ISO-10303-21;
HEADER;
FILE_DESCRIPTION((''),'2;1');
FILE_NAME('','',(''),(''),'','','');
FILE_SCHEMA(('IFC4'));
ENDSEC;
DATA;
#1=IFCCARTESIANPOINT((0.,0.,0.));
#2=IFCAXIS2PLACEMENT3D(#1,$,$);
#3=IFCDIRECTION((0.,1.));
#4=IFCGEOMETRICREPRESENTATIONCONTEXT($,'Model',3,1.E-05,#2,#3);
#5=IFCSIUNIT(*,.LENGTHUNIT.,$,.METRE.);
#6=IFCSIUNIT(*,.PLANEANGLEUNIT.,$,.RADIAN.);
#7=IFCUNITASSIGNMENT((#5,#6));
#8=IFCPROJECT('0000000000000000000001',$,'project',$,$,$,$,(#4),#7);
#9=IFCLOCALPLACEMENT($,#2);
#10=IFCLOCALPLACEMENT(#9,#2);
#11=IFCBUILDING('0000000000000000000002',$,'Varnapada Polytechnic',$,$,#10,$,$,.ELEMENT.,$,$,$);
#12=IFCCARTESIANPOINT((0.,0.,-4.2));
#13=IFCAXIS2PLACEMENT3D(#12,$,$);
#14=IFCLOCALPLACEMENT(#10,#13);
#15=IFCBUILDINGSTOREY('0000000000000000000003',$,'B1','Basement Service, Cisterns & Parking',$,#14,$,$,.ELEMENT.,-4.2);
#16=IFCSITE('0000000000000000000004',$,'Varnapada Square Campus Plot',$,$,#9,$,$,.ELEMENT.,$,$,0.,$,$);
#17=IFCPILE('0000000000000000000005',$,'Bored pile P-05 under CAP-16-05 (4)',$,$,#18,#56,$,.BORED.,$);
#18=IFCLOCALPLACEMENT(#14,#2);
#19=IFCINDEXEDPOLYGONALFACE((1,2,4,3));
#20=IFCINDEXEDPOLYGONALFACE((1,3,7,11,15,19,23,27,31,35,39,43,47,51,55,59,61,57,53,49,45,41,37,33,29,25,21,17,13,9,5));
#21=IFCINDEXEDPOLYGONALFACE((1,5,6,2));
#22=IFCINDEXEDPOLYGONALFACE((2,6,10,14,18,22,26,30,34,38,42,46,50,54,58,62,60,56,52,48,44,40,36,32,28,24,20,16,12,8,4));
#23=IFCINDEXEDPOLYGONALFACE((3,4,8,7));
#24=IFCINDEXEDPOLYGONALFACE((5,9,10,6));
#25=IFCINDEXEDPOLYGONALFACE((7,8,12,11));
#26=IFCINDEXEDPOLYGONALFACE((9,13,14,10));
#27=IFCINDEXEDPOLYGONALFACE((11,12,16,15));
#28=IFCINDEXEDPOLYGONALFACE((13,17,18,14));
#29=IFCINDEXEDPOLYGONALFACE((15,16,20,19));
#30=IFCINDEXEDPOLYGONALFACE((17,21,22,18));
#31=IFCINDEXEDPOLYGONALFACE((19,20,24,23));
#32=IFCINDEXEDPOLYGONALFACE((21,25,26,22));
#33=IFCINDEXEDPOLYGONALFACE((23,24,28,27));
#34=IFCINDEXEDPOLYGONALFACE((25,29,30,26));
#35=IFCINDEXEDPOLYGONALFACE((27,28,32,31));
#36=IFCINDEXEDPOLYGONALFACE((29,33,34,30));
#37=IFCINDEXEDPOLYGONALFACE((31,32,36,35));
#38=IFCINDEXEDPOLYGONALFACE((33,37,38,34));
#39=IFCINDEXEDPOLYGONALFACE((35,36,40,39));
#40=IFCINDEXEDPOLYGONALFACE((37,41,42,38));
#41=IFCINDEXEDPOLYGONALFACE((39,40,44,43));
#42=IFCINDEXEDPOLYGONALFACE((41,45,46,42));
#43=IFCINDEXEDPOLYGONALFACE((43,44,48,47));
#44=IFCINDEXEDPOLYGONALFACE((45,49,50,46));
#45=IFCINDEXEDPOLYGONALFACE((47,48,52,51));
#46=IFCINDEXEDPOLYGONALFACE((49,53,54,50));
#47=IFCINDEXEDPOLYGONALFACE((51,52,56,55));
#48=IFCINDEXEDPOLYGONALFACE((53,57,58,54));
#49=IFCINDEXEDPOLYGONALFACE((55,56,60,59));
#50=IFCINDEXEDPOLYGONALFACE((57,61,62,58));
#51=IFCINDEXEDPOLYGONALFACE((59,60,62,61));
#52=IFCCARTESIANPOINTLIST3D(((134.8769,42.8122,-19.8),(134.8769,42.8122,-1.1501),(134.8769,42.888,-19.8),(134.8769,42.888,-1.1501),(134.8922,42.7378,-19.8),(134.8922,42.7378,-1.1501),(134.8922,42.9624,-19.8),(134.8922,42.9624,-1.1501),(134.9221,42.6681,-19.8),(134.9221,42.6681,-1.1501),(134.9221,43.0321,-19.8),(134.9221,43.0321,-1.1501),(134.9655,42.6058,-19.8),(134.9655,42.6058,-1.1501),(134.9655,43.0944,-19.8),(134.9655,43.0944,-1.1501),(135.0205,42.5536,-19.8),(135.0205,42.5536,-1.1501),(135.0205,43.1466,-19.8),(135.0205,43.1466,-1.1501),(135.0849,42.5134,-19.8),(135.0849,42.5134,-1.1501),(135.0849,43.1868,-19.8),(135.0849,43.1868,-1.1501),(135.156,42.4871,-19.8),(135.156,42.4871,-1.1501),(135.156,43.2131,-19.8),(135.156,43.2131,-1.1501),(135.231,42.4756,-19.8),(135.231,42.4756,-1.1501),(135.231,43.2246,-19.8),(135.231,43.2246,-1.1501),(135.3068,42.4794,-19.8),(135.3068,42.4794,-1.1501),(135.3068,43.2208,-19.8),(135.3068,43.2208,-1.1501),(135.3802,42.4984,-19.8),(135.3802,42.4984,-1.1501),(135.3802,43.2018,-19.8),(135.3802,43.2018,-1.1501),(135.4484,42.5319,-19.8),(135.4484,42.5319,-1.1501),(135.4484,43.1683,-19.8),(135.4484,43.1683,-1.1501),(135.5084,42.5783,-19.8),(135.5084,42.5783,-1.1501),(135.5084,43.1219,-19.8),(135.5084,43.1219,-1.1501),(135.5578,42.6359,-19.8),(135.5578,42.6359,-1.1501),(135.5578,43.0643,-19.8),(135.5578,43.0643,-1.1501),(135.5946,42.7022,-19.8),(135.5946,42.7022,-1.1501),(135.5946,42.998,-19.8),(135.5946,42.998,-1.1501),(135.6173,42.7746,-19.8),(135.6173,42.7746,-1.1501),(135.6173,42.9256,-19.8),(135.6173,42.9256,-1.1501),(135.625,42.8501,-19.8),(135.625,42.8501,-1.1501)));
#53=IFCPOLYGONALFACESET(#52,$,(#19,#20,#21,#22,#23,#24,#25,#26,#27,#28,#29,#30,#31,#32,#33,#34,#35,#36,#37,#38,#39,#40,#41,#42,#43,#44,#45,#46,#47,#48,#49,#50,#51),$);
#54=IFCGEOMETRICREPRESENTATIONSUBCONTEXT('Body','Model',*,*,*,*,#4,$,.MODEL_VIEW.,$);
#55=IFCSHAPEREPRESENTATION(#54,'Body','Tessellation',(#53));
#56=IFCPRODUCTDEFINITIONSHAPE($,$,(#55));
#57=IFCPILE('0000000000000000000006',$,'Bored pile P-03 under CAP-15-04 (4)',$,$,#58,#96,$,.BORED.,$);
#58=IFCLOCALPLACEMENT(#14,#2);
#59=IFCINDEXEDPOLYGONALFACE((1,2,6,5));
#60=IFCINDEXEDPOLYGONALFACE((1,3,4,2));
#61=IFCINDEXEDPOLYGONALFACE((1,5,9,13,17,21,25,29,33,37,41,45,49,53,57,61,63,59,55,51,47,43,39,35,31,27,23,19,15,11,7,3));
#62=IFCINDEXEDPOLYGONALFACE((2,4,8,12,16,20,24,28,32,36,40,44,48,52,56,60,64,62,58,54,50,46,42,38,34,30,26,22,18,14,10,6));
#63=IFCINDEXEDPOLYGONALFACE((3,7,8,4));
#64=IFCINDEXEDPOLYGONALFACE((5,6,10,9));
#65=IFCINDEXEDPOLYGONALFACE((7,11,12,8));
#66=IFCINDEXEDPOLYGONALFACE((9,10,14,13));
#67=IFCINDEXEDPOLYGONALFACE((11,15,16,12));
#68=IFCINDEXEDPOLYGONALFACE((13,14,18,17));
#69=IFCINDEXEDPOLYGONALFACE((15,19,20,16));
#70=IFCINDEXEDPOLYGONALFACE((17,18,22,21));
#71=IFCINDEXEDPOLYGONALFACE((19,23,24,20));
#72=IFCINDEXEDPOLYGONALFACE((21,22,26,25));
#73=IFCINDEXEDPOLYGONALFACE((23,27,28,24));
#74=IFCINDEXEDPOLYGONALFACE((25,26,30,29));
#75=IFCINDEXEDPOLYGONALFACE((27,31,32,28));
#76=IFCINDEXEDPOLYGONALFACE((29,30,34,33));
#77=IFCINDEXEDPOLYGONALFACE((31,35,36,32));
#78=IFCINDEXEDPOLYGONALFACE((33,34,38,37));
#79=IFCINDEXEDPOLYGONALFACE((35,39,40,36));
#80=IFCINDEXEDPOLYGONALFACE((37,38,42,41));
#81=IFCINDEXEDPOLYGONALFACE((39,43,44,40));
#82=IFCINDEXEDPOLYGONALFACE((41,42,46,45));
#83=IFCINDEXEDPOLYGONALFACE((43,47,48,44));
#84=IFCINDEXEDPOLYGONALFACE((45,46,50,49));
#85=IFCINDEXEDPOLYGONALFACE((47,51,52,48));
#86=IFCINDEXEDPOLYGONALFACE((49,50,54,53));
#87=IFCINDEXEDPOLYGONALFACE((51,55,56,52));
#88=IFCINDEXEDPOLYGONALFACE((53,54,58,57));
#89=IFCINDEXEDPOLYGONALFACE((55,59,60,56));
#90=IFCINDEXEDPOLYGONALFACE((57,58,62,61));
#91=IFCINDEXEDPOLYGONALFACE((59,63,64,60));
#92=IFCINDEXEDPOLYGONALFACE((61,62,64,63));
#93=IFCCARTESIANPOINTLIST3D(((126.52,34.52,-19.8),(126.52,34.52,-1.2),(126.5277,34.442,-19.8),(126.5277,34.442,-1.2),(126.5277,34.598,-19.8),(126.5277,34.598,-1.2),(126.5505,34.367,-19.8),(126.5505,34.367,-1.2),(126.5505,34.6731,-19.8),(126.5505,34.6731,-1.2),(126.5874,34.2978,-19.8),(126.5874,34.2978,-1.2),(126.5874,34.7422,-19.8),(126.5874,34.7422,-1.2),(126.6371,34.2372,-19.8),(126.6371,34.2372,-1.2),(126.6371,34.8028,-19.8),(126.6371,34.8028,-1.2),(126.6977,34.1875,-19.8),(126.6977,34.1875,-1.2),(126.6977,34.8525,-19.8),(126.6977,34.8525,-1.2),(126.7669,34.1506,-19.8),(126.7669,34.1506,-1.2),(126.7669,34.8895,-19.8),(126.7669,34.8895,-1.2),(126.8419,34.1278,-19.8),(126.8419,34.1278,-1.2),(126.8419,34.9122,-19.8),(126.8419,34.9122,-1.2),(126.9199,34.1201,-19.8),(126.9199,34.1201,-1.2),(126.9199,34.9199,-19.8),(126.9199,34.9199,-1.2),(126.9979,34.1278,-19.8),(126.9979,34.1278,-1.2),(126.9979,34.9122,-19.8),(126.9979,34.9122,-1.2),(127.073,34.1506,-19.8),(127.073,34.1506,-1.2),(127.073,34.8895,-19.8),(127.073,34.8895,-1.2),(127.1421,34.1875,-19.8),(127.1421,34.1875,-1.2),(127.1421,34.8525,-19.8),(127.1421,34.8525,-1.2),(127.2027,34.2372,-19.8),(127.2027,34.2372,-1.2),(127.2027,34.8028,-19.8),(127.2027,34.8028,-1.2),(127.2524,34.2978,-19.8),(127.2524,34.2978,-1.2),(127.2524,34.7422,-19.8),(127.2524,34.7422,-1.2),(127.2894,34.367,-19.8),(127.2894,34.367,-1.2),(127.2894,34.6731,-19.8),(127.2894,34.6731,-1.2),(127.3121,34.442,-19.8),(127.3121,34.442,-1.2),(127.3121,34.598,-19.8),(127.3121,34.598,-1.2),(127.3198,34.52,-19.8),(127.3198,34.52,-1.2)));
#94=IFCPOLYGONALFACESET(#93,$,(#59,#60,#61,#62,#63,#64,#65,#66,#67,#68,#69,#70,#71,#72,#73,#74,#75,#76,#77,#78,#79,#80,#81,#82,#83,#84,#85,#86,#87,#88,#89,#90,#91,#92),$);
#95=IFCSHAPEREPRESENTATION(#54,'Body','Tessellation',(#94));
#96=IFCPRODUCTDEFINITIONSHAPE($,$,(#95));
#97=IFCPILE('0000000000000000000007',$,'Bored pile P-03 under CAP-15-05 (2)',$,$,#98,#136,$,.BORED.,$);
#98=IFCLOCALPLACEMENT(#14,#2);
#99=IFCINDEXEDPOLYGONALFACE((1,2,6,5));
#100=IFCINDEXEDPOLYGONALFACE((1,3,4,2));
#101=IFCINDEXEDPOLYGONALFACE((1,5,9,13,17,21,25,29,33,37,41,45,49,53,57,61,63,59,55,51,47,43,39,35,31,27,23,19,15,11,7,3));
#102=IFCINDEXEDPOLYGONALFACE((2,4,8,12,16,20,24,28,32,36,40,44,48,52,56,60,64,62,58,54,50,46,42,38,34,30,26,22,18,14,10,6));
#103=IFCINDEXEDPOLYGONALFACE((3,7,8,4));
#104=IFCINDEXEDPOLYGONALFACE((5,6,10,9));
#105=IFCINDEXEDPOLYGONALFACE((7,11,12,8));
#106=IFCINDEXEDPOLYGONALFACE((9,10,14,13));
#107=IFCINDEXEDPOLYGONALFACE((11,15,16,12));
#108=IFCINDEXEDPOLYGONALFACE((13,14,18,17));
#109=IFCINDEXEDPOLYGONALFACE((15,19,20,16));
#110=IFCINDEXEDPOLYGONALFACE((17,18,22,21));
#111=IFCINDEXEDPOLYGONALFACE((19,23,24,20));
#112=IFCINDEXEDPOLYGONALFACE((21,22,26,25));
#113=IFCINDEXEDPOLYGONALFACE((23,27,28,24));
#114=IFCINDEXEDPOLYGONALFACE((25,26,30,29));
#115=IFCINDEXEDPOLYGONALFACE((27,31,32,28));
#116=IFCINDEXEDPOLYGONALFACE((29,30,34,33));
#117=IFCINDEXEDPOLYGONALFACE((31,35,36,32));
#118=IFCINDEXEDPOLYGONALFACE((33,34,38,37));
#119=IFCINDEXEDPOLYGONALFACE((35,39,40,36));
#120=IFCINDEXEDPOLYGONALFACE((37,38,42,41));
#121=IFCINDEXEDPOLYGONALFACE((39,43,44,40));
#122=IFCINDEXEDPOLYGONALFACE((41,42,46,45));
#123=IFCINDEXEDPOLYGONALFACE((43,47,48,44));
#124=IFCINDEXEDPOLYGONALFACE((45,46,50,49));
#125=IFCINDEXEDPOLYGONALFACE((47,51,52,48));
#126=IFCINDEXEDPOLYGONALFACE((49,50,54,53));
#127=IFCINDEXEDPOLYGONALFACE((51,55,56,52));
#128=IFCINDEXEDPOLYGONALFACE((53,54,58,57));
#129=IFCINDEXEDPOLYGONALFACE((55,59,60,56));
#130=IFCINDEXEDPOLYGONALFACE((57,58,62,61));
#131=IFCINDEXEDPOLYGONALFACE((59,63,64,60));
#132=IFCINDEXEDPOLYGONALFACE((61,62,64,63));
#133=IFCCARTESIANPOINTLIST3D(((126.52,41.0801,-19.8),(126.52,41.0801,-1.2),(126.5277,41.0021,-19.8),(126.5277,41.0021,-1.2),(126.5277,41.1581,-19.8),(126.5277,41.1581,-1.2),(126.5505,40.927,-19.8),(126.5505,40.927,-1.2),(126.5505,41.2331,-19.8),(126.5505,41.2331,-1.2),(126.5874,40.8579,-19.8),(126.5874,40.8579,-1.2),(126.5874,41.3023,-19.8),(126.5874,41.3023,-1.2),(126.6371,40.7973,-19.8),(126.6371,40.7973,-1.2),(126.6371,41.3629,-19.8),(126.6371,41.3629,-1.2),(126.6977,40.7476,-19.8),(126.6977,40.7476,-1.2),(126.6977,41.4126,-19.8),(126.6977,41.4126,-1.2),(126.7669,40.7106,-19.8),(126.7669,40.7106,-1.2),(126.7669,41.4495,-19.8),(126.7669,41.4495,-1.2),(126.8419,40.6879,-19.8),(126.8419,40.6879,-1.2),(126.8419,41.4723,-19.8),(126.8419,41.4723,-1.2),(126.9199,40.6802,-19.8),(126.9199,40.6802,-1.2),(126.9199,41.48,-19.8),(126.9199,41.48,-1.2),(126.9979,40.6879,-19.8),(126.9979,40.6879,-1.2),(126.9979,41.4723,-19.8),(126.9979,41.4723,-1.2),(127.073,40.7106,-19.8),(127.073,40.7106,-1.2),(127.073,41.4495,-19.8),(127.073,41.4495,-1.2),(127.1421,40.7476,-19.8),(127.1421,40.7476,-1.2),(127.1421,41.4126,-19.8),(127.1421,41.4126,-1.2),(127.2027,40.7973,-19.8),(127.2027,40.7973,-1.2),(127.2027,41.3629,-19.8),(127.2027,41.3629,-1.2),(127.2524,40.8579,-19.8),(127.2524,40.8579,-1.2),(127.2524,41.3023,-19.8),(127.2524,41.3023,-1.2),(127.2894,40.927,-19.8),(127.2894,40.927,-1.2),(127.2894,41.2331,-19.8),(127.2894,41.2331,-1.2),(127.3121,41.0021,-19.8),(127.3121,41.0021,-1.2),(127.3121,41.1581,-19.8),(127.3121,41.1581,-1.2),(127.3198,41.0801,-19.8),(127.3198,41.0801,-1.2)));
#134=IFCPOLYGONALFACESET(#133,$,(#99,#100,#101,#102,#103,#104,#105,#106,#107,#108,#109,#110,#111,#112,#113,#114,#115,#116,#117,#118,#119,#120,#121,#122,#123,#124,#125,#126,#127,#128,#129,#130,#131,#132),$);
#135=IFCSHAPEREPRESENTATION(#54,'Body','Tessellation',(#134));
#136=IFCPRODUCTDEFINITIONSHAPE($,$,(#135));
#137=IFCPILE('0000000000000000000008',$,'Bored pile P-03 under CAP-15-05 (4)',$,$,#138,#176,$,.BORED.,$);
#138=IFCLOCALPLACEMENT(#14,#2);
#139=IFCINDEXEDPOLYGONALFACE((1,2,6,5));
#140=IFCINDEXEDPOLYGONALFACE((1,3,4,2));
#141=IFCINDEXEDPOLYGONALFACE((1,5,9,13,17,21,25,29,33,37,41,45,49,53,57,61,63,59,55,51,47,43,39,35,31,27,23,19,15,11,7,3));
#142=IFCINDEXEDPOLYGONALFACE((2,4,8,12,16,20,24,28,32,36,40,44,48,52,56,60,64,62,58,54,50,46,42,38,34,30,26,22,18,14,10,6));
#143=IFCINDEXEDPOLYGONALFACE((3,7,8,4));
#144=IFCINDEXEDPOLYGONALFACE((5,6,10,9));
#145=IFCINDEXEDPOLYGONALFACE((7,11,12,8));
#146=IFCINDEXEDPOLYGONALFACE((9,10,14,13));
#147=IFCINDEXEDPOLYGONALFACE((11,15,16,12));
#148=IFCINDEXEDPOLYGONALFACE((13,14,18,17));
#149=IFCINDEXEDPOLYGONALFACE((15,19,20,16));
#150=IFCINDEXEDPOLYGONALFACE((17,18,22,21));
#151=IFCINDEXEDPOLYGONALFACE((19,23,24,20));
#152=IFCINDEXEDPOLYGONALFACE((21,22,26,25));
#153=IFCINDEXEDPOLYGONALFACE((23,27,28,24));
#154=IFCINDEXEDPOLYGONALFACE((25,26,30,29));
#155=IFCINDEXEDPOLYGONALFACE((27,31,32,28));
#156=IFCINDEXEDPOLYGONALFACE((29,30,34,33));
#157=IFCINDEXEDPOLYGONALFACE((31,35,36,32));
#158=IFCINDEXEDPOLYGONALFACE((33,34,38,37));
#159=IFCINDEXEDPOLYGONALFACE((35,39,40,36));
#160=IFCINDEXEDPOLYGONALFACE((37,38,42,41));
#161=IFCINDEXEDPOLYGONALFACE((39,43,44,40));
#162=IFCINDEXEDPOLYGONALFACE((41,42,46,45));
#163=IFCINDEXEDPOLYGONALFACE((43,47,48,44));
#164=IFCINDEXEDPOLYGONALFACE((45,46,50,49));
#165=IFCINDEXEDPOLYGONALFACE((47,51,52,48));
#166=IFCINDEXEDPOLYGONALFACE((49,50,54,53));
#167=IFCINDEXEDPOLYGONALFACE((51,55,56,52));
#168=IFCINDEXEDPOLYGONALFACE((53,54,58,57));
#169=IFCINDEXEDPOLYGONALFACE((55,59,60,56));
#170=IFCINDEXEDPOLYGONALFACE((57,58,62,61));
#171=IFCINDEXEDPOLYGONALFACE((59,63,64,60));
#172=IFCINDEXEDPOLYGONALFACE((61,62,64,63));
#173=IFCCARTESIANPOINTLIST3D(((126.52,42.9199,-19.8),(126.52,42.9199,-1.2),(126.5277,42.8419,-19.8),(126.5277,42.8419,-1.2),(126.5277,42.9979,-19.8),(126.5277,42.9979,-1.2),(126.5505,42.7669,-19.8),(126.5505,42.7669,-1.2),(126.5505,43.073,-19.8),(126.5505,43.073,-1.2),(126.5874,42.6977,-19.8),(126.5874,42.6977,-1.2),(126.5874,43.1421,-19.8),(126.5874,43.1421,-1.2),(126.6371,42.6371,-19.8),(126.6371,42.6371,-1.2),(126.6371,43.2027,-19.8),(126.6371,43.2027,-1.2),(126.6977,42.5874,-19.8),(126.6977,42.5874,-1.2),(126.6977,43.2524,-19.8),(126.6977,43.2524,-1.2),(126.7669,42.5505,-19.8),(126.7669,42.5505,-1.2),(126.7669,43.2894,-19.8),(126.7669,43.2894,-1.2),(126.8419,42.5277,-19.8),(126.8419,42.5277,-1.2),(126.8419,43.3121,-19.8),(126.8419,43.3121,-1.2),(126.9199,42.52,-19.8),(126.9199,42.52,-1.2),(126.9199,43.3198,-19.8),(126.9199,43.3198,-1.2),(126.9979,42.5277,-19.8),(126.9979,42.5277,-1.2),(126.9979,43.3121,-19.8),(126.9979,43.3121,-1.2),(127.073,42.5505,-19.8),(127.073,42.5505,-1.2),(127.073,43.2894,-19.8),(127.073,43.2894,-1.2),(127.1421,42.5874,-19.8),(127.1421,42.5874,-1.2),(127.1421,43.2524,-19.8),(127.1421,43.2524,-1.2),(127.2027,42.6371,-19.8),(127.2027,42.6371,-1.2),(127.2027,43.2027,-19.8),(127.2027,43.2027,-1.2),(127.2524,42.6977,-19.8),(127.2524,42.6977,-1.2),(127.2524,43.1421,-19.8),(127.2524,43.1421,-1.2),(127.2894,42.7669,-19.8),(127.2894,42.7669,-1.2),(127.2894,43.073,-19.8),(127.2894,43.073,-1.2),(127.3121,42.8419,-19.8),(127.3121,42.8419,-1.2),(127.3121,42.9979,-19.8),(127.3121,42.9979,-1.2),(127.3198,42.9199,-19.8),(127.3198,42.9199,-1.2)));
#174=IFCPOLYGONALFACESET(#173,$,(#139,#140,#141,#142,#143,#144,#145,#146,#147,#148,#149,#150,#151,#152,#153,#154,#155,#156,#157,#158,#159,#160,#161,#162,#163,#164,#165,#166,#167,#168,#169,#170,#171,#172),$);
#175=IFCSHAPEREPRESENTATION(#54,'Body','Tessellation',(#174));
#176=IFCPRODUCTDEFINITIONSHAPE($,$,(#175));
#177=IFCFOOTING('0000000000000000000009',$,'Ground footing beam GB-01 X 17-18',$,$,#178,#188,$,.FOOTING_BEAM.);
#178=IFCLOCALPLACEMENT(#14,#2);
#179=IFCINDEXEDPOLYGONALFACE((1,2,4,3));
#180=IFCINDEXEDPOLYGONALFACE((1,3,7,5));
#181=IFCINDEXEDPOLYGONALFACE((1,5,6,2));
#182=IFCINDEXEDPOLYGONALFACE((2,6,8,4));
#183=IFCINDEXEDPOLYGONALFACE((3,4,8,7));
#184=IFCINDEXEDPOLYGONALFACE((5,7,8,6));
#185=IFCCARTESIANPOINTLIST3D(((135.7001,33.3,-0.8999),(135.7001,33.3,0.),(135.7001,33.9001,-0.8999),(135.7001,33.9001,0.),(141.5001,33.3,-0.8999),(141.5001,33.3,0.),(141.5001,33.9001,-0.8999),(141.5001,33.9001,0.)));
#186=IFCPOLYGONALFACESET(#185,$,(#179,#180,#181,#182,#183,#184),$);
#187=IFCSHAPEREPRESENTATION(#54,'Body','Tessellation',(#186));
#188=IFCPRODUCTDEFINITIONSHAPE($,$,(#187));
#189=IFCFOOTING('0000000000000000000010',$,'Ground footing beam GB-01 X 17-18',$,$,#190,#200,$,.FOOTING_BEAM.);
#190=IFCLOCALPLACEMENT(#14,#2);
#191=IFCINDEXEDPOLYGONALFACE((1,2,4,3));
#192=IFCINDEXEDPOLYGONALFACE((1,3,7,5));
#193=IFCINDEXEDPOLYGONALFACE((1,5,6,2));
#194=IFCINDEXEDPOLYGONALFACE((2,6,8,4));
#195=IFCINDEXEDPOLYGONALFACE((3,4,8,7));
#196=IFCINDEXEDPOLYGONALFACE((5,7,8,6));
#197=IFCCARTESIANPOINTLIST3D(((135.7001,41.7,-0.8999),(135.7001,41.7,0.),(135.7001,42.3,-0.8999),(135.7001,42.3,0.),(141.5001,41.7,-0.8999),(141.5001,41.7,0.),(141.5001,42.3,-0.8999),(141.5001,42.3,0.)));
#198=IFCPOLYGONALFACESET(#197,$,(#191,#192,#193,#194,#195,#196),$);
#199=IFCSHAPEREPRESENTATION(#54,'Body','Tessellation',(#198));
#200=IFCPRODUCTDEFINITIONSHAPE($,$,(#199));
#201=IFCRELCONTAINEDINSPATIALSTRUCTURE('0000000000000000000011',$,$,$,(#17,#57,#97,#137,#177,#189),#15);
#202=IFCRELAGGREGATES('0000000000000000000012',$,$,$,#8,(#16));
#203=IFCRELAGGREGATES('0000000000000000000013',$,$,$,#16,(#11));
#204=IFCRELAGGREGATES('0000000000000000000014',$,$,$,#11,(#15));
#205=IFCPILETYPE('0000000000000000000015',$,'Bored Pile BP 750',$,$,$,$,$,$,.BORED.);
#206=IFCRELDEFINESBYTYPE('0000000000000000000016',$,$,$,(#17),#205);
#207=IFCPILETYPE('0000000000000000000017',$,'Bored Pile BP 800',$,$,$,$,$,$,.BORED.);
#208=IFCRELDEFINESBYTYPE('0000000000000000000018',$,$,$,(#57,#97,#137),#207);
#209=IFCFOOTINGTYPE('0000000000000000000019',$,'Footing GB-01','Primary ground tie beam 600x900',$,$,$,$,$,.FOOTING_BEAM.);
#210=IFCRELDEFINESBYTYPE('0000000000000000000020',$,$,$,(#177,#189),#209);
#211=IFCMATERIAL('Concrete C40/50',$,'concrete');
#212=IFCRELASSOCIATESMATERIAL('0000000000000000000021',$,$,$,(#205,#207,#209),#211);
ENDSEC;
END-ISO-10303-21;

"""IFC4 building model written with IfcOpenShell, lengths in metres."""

from ifc_helpers import new_model, si_unit, direction, frame, origin, origin_2d, place, context, subcontext, project, spatial, rectangle, circle, extrude, material, material_profile, profile_set, type_object, element, save


model = new_model("IFC4")

# Units and contexts
model_context = context("Model", 3, precision=1e-05, world=origin(), true_north=direction((0.0, 1.0)))
body_context = subcontext(model_context, "Body", "Model", "MODEL_VIEW")
ifc_project = project(units=[si_unit("LENGTHUNIT", "METRE"), si_unit("PLANEANGLEUNIT", "RADIAN")], contexts=[model_context])

# Site, building, storey
site_placement = place(None, origin())
site = spatial("IfcSite", under=ifc_project, at=site_placement, Name="Varnapada Square Campus Plot", CompositionType="ELEMENT", RefElevation=0.0)
building_placement = place(site_placement, origin())
building = spatial("IfcBuilding", under=site, at=building_placement, Name="Varnapada Polytechnic", CompositionType="ELEMENT")
storey_placement = place(building_placement, frame((0.0, 0.0, -4.2)))
storey = spatial("IfcBuildingStorey", under=building, at=storey_placement, Name="B1", Description="Basement Service, Cisterns & Parking", CompositionType="ELEMENT", Elevation=-4.2)

# Piles
ifc_material_1 = material(Name="Concrete C40/50", Category="concrete")
ifc_material_profile_1 = material_profile(ifc_material_1, circle(Radius=0.375, at=origin_2d()), Name="BP 750")
ifc_profile_set_1 = profile_set([ifc_material_profile_1], Name="Concrete C40/50")
pile_type_1 = type_object("IfcPileType", Name="Bored Pile BP 750", PredefinedType="BORED", material=ifc_profile_set_1)
for number, where, z_axis, x_axis, name in (
    (1, (135.25, 42.8501, -1.1501), (0.0, 0.0, -1.0), (1.0, 0.0, 0.0), "Bored pile P-05 under CAP-16-05 (4)"),
):
    element("IfcPile", number, at=place(storey_placement, frame(where, z_axis=z_axis, x_axis=x_axis)), inside=storey, type_object=pile_type_1, Name=name, PredefinedType="BORED", context=body_context, shape_type="SweptSolid", body=[
        extrude(circle(Radius=0.375, at=origin_2d()), origin(), (0.0, 0.0, 1.0), 18.6499),
    ])
ifc_material_profile_2 = material_profile(ifc_material_1, circle(Radius=0.3999, at=origin_2d()), Name="BP 800")
ifc_profile_set_2 = profile_set([ifc_material_profile_2], Name="Concrete C40/50")
pile_type_2 = type_object("IfcPileType", Name="Bored Pile BP 800", PredefinedType="BORED", material=ifc_profile_set_2)
for number, where, z_axis, x_axis, name in (
    (2, (126.9199, 34.52, -1.2), (0.0, 0.0, -1.0), (1.0, 0.0, 0.0), "Bored pile P-03 under CAP-15-04 (4)"),
    (3, (126.9199, 41.0801, -1.2), (0.0, 0.0, -1.0), (1.0, 0.0, 0.0), "Bored pile P-03 under CAP-15-05 (2)"),
    (4, (126.9199, 42.9199, -1.2), (0.0, 0.0, -1.0), (1.0, 0.0, 0.0), "Bored pile P-03 under CAP-15-05 (4)"),
):
    element("IfcPile", number, at=place(storey_placement, frame(where, z_axis=z_axis, x_axis=x_axis)), inside=storey, type_object=pile_type_2, Name=name, PredefinedType="BORED", context=body_context, shape_type="SweptSolid", body=[
        extrude(circle(Radius=0.3999, at=origin_2d()), origin(), (0.0, 0.0, 1.0), 18.6001),
    ])

# Footings
footing_type_1 = type_object("IfcFootingType", Name="Footing GB-01", Description="Primary ground tie beam 600x900", PredefinedType="FOOTING_BEAM", material=ifc_material_1)
for number, where, z_axis, x_axis, name in (
    (5, (138.6001, 33.6001, -0.8999), (0.0, 0.0, 1.0), (1.0, 0.0, 0.0), "Ground footing beam GB-01 X 17-18"),
    (6, (138.6001, 42.0, -0.8999), (0.0, 0.0, 1.0), (1.0, 0.0, 0.0), "Ground footing beam GB-01 X 17-18"),
):
    element("IfcFooting", number, at=place(storey_placement, frame(where, z_axis=z_axis, x_axis=x_axis)), inside=storey, type_object=footing_type_1, Name=name, PredefinedType="FOOTING_BEAM", context=body_context, shape_type="SweptSolid", body=[
        extrude(rectangle(XDim=5.8, YDim=0.6001, at=origin_2d()), origin(), (0.0, 0.0, 1.0), 0.8999),
    ])

save(model, "model.ifc")
